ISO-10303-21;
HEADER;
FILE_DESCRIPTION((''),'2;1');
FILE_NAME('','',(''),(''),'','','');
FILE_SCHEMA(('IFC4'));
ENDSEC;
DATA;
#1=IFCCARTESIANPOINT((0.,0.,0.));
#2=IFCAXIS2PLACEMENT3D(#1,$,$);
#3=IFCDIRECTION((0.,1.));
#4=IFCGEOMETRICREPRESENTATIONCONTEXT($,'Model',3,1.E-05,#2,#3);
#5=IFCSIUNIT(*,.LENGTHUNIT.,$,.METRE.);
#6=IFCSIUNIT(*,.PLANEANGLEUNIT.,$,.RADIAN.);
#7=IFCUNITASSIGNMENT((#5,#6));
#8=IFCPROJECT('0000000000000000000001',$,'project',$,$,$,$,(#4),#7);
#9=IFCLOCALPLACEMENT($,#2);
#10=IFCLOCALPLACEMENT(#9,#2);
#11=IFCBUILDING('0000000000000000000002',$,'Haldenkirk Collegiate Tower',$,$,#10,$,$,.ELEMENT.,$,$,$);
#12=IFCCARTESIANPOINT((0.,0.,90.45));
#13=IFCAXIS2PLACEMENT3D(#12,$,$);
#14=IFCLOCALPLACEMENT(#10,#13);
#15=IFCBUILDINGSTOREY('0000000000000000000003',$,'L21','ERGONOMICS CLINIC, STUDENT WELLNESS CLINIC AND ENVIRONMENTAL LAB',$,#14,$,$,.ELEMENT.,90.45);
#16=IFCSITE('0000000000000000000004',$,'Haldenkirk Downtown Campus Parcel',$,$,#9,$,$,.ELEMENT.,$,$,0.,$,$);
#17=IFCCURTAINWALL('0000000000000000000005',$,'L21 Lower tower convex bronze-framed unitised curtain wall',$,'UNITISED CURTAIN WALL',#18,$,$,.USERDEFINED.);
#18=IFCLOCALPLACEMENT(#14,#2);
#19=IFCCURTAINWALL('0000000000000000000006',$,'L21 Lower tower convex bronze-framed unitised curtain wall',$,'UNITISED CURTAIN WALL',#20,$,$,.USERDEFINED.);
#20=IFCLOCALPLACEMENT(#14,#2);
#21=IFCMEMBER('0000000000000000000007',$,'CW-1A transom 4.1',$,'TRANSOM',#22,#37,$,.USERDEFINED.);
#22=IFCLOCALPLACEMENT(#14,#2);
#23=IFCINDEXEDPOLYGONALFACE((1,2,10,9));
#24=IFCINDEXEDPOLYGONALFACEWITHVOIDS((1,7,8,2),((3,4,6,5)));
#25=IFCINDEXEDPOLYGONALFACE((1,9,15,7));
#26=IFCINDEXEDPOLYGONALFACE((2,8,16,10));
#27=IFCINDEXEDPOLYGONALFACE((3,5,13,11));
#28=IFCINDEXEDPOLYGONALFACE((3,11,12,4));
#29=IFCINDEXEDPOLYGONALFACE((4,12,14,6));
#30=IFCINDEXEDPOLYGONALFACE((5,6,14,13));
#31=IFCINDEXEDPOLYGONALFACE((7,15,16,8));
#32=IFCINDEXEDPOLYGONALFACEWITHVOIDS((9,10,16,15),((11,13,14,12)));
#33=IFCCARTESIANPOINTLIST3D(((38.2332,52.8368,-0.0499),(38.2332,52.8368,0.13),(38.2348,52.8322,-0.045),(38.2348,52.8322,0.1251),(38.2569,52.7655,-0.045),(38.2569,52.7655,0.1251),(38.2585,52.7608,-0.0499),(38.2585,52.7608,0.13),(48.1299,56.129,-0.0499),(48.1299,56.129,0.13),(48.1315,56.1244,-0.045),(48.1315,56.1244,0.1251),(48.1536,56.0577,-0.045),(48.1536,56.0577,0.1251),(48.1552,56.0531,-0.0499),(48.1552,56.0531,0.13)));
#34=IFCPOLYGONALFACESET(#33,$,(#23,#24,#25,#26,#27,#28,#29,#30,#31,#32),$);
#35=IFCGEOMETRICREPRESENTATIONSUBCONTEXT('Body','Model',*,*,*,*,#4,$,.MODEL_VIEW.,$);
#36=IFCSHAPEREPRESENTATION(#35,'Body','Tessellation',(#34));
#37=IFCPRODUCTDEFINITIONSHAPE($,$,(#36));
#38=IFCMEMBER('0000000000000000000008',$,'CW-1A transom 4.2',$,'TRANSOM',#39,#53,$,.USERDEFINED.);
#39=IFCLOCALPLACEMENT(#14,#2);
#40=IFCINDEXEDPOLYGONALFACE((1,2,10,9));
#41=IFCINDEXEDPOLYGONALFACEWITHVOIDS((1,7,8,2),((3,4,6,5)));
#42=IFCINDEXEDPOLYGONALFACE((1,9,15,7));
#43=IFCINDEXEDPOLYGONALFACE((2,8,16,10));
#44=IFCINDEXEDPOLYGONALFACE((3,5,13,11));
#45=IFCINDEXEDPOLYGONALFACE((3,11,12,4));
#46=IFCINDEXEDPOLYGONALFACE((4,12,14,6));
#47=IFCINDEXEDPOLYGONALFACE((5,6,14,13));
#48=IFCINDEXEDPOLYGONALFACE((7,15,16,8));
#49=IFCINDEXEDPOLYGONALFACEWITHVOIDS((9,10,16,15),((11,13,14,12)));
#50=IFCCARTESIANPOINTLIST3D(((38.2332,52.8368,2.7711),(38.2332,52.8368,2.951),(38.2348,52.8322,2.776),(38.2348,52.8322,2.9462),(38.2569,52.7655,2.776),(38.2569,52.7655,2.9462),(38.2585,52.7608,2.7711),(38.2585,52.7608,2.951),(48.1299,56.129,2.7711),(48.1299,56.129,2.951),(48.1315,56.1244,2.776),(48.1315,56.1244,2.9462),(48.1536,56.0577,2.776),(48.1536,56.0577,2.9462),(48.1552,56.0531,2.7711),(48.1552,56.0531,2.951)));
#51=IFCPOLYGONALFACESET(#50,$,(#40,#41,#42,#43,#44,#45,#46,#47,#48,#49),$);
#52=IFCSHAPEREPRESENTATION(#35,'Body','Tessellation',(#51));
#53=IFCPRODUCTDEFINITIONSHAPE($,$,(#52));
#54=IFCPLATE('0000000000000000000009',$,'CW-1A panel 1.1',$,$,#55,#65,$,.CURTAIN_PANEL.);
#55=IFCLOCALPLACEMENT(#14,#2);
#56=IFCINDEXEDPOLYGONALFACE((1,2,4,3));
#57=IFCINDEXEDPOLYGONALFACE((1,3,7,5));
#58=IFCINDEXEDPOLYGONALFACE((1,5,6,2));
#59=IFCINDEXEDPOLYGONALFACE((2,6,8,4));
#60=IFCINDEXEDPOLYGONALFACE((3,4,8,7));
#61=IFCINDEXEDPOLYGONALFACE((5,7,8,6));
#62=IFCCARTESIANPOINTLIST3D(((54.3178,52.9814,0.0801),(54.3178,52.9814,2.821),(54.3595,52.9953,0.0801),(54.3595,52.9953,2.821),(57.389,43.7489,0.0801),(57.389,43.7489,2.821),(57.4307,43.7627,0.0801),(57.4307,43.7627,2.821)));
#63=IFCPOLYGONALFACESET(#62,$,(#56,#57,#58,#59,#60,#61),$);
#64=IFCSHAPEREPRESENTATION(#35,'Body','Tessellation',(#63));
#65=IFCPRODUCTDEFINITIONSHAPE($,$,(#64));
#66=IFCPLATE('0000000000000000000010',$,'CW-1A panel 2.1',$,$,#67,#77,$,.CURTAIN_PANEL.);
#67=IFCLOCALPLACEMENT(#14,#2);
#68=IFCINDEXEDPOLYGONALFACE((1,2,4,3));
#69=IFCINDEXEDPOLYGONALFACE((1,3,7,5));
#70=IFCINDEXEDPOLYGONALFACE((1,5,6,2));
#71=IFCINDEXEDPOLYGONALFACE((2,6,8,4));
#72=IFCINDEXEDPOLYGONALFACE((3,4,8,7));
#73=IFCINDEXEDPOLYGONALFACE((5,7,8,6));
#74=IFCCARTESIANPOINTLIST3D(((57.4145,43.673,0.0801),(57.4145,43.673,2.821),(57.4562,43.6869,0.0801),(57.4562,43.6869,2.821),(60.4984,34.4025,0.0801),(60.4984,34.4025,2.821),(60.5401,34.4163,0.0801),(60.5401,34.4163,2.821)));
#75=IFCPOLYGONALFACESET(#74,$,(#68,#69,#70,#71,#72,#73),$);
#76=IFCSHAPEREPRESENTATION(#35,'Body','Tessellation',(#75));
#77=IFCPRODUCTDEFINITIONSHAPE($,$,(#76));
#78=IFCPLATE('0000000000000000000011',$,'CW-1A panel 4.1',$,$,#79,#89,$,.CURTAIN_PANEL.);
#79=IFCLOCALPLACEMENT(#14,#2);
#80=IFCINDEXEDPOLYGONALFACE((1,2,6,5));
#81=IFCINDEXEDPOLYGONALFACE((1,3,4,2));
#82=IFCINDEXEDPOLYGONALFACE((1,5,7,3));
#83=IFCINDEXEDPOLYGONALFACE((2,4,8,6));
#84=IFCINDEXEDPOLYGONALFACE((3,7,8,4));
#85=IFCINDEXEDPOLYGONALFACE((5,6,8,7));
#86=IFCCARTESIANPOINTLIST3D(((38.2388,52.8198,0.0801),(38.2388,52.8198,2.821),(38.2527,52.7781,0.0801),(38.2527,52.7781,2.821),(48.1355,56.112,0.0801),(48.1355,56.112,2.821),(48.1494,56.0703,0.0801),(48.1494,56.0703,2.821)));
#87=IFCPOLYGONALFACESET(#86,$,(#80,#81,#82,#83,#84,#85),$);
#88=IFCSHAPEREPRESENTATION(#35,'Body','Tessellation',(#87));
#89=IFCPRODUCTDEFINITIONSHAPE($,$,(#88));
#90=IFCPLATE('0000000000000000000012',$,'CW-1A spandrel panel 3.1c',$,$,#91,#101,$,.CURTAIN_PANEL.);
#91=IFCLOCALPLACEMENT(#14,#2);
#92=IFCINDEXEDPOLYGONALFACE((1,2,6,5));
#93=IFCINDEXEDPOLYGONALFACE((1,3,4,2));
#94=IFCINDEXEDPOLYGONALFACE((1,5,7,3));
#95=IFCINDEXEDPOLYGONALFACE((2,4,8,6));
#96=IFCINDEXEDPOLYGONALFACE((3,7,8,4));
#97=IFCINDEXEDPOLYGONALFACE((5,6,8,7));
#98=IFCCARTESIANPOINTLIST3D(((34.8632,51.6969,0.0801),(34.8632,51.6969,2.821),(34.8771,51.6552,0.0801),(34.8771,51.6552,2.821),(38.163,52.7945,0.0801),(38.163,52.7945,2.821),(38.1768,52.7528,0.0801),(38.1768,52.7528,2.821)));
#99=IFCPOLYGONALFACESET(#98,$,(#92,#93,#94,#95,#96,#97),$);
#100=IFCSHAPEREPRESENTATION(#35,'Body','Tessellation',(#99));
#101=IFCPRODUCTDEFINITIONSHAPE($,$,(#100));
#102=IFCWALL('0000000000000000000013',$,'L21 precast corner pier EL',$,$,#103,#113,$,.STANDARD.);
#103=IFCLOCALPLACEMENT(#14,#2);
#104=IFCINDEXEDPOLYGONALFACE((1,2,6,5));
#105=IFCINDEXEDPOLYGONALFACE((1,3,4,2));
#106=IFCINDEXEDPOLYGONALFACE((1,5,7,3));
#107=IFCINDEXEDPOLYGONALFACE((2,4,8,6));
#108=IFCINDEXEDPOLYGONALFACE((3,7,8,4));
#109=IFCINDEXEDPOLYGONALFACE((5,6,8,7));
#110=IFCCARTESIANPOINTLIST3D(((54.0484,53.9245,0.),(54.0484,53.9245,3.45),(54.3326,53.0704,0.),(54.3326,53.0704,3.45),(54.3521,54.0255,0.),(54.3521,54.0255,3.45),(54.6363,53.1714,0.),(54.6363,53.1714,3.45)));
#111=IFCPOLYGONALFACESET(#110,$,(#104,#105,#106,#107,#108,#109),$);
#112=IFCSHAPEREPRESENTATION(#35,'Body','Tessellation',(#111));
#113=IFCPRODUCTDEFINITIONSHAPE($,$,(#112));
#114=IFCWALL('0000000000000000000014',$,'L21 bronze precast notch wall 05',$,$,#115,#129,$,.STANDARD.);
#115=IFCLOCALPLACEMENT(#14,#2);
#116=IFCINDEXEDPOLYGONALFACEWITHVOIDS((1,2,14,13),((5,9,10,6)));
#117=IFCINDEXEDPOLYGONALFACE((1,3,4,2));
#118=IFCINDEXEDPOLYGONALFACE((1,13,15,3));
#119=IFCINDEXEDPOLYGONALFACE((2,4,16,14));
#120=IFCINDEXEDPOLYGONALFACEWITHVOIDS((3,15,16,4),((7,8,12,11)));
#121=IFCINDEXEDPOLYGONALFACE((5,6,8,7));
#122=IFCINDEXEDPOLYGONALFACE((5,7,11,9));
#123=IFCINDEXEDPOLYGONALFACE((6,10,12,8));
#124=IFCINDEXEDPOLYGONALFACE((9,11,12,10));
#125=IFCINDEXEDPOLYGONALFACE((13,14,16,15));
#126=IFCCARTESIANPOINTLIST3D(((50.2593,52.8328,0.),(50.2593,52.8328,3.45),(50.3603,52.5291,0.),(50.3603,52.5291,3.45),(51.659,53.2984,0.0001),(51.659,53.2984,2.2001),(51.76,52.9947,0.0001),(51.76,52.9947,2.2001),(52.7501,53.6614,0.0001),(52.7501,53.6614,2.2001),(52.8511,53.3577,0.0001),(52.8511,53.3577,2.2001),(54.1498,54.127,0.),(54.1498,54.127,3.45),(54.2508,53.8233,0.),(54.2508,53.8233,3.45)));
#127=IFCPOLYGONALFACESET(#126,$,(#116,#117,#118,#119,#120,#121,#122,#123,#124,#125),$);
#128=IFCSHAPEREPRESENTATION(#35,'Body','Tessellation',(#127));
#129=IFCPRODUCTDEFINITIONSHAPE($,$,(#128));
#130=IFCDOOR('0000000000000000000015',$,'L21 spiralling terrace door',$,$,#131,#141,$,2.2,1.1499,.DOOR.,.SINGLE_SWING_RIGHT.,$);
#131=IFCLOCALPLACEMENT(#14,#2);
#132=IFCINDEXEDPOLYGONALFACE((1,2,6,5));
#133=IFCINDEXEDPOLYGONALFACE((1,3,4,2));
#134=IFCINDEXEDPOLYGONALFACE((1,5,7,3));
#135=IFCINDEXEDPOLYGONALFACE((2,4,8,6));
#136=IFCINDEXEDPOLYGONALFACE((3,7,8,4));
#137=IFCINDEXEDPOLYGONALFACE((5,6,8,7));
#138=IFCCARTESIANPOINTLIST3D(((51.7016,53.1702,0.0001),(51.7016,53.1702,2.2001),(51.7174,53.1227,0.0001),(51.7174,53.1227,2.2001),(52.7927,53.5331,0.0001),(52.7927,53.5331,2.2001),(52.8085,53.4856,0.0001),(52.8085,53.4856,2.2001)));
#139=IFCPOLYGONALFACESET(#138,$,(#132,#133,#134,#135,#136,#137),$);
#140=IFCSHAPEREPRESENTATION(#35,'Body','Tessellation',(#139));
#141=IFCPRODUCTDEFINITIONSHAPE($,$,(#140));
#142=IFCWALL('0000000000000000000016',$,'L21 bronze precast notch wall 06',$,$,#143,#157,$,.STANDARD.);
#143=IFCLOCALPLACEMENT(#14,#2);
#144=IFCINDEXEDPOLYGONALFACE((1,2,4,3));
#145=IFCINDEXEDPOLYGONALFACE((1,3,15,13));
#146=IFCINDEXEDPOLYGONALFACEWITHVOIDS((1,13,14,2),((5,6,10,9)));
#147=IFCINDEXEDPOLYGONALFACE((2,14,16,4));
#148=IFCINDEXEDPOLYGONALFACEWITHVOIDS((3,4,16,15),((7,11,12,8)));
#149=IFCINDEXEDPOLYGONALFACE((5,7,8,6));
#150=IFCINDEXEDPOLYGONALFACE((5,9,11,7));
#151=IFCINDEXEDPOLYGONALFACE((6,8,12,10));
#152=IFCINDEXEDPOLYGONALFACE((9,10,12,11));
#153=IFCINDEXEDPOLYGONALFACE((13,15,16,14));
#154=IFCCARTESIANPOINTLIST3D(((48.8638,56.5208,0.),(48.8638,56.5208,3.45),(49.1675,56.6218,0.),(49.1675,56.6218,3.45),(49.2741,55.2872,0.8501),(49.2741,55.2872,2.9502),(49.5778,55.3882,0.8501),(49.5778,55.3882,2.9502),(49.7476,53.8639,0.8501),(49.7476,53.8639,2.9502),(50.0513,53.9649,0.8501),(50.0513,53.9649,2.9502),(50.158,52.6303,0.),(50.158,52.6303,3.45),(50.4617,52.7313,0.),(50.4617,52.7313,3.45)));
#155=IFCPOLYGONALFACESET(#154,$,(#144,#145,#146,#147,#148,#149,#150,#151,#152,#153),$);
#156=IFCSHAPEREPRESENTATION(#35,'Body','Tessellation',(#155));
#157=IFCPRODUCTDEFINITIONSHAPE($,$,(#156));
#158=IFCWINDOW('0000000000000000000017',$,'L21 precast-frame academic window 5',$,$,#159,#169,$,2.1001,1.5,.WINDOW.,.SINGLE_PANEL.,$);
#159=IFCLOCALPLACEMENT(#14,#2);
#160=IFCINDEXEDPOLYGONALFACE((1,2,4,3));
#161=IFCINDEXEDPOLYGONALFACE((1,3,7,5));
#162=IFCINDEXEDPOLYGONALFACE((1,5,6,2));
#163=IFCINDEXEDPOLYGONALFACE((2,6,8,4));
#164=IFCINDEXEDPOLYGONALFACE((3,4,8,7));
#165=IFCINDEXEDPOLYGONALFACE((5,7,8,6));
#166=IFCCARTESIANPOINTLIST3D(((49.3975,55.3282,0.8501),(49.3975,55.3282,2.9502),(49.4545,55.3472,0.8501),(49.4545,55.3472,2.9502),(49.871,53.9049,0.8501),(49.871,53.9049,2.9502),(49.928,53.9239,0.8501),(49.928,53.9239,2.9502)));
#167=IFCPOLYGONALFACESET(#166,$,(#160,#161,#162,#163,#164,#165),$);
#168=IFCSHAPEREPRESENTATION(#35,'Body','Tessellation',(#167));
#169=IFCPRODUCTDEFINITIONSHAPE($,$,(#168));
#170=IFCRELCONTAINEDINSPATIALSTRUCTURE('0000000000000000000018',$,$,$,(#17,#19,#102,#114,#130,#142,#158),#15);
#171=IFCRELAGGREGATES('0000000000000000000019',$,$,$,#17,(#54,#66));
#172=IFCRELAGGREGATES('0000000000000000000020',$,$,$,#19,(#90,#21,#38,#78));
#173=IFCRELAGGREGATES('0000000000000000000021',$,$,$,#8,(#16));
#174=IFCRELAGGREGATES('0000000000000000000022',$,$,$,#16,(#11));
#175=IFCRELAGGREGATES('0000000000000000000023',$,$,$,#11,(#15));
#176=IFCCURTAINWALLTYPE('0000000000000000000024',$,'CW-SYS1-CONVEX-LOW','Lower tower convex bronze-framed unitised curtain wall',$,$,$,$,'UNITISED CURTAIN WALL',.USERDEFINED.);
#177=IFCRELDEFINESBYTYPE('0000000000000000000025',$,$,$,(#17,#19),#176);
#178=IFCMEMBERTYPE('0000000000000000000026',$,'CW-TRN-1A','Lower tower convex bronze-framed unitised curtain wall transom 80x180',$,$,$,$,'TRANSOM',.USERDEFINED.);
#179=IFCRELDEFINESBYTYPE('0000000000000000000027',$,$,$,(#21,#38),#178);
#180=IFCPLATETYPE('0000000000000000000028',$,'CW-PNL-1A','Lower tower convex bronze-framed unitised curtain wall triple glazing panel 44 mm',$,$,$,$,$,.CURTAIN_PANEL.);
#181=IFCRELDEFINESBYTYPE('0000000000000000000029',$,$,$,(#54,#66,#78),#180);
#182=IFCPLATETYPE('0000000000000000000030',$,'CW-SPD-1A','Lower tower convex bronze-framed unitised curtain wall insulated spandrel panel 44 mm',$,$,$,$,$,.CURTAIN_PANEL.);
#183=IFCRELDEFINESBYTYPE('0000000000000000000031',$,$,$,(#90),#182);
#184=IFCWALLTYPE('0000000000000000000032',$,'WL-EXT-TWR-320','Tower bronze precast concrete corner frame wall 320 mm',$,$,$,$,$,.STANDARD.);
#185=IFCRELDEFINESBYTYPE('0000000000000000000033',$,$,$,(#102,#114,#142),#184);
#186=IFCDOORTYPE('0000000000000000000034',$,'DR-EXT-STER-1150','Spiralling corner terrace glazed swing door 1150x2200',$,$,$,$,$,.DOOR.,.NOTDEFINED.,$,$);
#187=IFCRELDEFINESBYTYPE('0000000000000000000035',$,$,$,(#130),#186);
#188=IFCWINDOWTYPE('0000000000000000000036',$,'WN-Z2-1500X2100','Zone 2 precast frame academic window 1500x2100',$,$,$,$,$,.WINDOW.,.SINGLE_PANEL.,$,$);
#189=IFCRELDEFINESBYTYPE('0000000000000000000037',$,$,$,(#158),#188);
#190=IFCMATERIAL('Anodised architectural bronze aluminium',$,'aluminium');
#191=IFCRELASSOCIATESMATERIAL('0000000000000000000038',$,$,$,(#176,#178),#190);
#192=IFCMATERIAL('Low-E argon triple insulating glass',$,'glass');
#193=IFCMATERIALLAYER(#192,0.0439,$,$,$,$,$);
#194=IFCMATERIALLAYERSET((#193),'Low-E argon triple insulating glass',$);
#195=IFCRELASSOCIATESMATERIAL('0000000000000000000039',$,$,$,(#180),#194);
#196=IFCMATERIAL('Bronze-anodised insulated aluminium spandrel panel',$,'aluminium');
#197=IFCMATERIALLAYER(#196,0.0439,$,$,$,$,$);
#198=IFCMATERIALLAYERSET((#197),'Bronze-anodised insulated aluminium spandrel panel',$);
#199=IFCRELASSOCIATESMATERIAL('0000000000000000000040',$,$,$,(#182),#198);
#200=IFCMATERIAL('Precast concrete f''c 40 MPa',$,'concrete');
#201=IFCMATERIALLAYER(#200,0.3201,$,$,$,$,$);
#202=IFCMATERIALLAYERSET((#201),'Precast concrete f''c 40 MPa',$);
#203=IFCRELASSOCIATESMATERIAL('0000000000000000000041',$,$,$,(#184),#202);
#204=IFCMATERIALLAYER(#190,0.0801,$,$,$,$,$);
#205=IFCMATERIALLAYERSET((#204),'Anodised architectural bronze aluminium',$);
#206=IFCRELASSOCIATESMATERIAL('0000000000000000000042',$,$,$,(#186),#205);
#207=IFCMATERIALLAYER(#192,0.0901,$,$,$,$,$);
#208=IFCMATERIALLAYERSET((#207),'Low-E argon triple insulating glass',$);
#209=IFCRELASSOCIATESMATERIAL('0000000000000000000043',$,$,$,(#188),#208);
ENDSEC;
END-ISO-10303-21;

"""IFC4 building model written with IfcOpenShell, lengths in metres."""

from ifc_helpers import new_model, si_unit, direction, frame, frame_2d, origin, origin_2d, place, context, subcontext, project, spatial, rectangle, hollow_rectangle, extrude, source, transform, mapped, material, layer, layer_set, material_profile, profile_set, type_object, element, fill, aggregate, save


model = new_model("IFC4")

# Units and contexts
model_context = context("Model", 3, precision=1e-05, world=origin(), true_north=direction((0.0, 1.0)))
body_context = subcontext(model_context, "Body", "Model", "MODEL_VIEW")
ifc_project = project(units=[si_unit("LENGTHUNIT", "METRE"), si_unit("PLANEANGLEUNIT", "RADIAN")], contexts=[model_context])

# Site, building, storey
site_placement = place(None, origin())
site = spatial("IfcSite", under=ifc_project, at=site_placement, Name="Haldenkirk Downtown Campus Parcel", CompositionType="ELEMENT", RefElevation=0.0)
building_placement = place(site_placement, origin())
building = spatial("IfcBuilding", under=site, at=building_placement, Name="Haldenkirk Collegiate Tower", CompositionType="ELEMENT")
storey_placement = place(building_placement, frame((0.0, 0.0, 90.45)))
storey = spatial("IfcBuildingStorey", under=building, at=storey_placement, Name="L21", Description="ERGONOMICS CLINIC, STUDENT WELLNESS CLINIC AND ENVIRONMENTAL LAB", CompositionType="ELEMENT", Elevation=90.45)

# Curtain walls
ifc_material_1 = material(Name="Anodised architectural bronze aluminium", Category="aluminium")
curtain_wall_type = type_object("IfcCurtainWallType", Name="CW-SYS1-CONVEX-LOW", Description="Lower tower convex bronze-framed unitised curtain wall", ElementType="UNITISED CURTAIN WALL", PredefinedType="USERDEFINED", material=ifc_material_1)
curtain_wall_1_placement = place(storey_placement, origin())
curtain_wall_1 = element("IfcCurtainWall", 1, at=curtain_wall_1_placement, inside=storey, type_object=curtain_wall_type, Name="L21 Lower tower convex bronze-framed unitised curtain wall", ObjectType="UNITISED CURTAIN WALL", PredefinedType="USERDEFINED")
curtain_wall_2_placement = place(storey_placement, origin())
curtain_wall_2 = element("IfcCurtainWall", 2, at=curtain_wall_2_placement, inside=storey, type_object=curtain_wall_type, Name="L21 Lower tower convex bronze-framed unitised curtain wall", ObjectType="UNITISED CURTAIN WALL", PredefinedType="USERDEFINED")

# Members
ifc_material_profile_1 = material_profile(ifc_material_1, hollow_rectangle(XDim=0.0801, YDim=0.1799, WallThickness=0.0049, at=origin_2d()), Name="CW-TRN-1A")
ifc_profile_set_1 = profile_set([ifc_material_profile_1], Name="Anodised architectural bronze aluminium")
member_type_1 = type_object("IfcMemberType", Name="CW-TRN-1A", Description="Lower tower convex bronze-framed unitised curtain wall transom 80x180", ElementType="TRANSOM", PredefinedType="USERDEFINED", material=ifc_profile_set_1)
member_1_placement = place(storey_placement, frame((38.2458, 52.7988, 0.04), z_axis=(0.948875, 0.315652, 0.0), x_axis=(-0.315652, 0.948875, 0.0)))
member_1 = element("IfcMember", 3, at=member_1_placement, type_object=member_type_1, Name="CW-1A transom 4.1", ObjectType="TRANSOM", PredefinedType="USERDEFINED", context=body_context, shape_type="SweptSolid", body=[
    extrude(hollow_rectangle(XDim=0.0801, YDim=0.1799, WallThickness=0.0049, at=origin_2d()), origin(), (0.0, 0.0, 1.0), 10.4299),
])
member_2_placement = place(storey_placement, frame((38.2458, 52.7988, 2.8611), z_axis=(0.948875, 0.315652, 0.0), x_axis=(-0.315652, 0.948875, 0.0)))
member_2 = element("IfcMember", 4, at=member_2_placement, type_object=member_type_1, Name="CW-1A transom 4.2", ObjectType="TRANSOM", PredefinedType="USERDEFINED", context=body_context, shape_type="SweptSolid", body=[
    extrude(hollow_rectangle(XDim=0.0801, YDim=0.1799, WallThickness=0.0049, at=origin_2d()), origin(), (0.0, 0.0, 1.0), 10.4299),
])

# Plates
ifc_material_2 = material(Name="Low-E argon triple insulating glass", Category="glass")
ifc_layer_1 = layer(ifc_material_2, 0.0439)
ifc_layer_set_1 = layer_set([ifc_layer_1], Name="Low-E argon triple insulating glass")
plate_type_1 = type_object("IfcPlateType", Name="CW-PNL-1A", Description="Lower tower convex bronze-framed unitised curtain wall triple glazing panel 44 mm", PredefinedType="CURTAIN_PANEL", material=ifc_layer_set_1)
shared_shape_1 = source(origin(), body_context, "Body", "SweptSolid", [
    extrude(rectangle(XDim=9.73, YDim=0.0439, at=origin_2d()), origin(), (0.0, 0.0, 1.0), 2.741),
])
plate_1_placement = place(storey_placement, frame((55.8743, 48.3721, 0.0801), z_axis=(0.0, 0.0, 1.0), x_axis=(0.315648, -0.948877, 0.0)))
plate_1 = element("IfcPlate", 5, at=plate_1_placement, type_object=plate_type_1, Name="CW-1A panel 1.1", PredefinedType="CURTAIN_PANEL", context=body_context, shape_type="MappedRepresentation", body=[
    mapped(shared_shape_1, transform((0.0, 0.0, 0.0), x_axis=(1.0, 0.0, 0.0), y_axis=(0.0, 1.0, 0.0), z_axis=(0.0, 0.0, 1.0), scale=1.0)),
])
shared_shape_2 = source(origin(), body_context, "Body", "SweptSolid", [
    extrude(rectangle(XDim=9.77, YDim=0.0439, at=origin_2d()), origin(), (0.0, 0.0, 1.0), 2.741),
])
plate_2_placement = place(storey_placement, frame((58.9773, 39.0447, 0.0801), z_axis=(0.0, 0.0, 1.0), x_axis=(0.315648, -0.948877, 0.0)))
plate_2 = element("IfcPlate", 6, at=plate_2_placement, type_object=plate_type_1, Name="CW-1A panel 2.1", PredefinedType="CURTAIN_PANEL", context=body_context, shape_type="MappedRepresentation", body=[
    mapped(shared_shape_2, transform((0.0, 0.0, 0.0), x_axis=(1.0, 0.0, 0.0), y_axis=(0.0, 1.0, 0.0), z_axis=(0.0, 0.0, 1.0), scale=1.0)),
])
aggregate(curtain_wall_1, [plate_1, plate_2])
shared_shape_3 = source(origin(), body_context, "Body", "SweptSolid", [
    extrude(rectangle(XDim=10.4299, YDim=0.0439, at=origin_2d()), origin(), (0.0, 0.0, 1.0), 2.741),
])
plate_3_placement = place(storey_placement, frame((43.1941, 54.4451, 0.0801), z_axis=(0.0, 0.0, 1.0), x_axis=(0.948876, 0.31565, 0.0)))
plate_3 = element("IfcPlate", 7, at=plate_3_placement, type_object=plate_type_1, Name="CW-1A panel 4.1", PredefinedType="CURTAIN_PANEL", context=body_context, shape_type="MappedRepresentation", body=[
    mapped(shared_shape_3, transform((0.0, 0.0, 0.0), x_axis=(1.0, 0.0, 0.0), y_axis=(0.0, 1.0, 0.0), z_axis=(0.0, 0.0, 1.0), scale=1.0)),
])
ifc_material_3 = material(Name="Bronze-anodised insulated aluminium spandrel panel", Category="aluminium")
ifc_layer_2 = layer(ifc_material_3, 0.0439)
ifc_layer_set_2 = layer_set([ifc_layer_2], Name="Bronze-anodised insulated aluminium spandrel panel")
plate_type_2 = type_object("IfcPlateType", Name="CW-SPD-1A", Description="Lower tower convex bronze-framed unitised curtain wall insulated spandrel panel 44 mm", PredefinedType="CURTAIN_PANEL", material=ifc_layer_set_2)
shared_shape_4 = source(origin(), body_context, "Body", "SweptSolid", [
    extrude(rectangle(XDim=3.4775, YDim=0.0439, at=origin_2d()), origin(), (0.0, 0.0, 1.0), 2.741),
])
plate_4_placement = place(storey_placement, frame((36.52, 52.2249, 0.0801), z_axis=(0.0, 0.0, 1.0), x_axis=(0.948876, 0.31565, 0.0)))
plate_4 = element("IfcPlate", 8, at=plate_4_placement, type_object=plate_type_2, Name="CW-1A spandrel panel 3.1c", PredefinedType="CURTAIN_PANEL", context=body_context, shape_type="MappedRepresentation", body=[
    mapped(shared_shape_4, transform((0.0, 0.0, 0.0), x_axis=(1.0, 0.0, 0.0), y_axis=(0.0, 1.0, 0.0), z_axis=(0.0, 0.0, 1.0), scale=1.0)),
])
aggregate(curtain_wall_2, [plate_4, member_1, member_2, plate_3])

# Wall
ifc_material_4 = material(Name="Precast concrete f'c 40 MPa", Category="concrete")
ifc_layer_3 = layer(ifc_material_4, 0.3201)
ifc_layer_set_3 = layer_set([ifc_layer_3], Name="Precast concrete f'c 40 MPa")
wall_type_1 = type_object("IfcWallType", Name="WL-EXT-TWR-320", Description="Tower bronze precast concrete corner frame wall 320 mm", PredefinedType="STANDARD", material=ifc_layer_set_3)
wall_1_placement = place(storey_placement, frame((54.2002, 53.9751, 0.0), z_axis=(0.0, 0.0, 1.0), x_axis=(0.315739, -0.948846, 0.0)))
element("IfcWall", 9, at=wall_1_placement, inside=storey, type_object=wall_type_1, Name="L21 precast corner pier EL", PredefinedType="STANDARD", context=body_context, shape_type="SweptSolid", body=[
    extrude(rectangle(XDim=0.9001, YDim=0.3201, at=frame_2d((0.4502, 0.0))), origin(), (0.0, 0.0, 1.0), 3.45),
])

# Wall, opening, door
wall_2_placement = place(storey_placement, frame((50.3098, 52.6809, 0.0), z_axis=(0.0, 0.0, 1.0), x_axis=(0.948874, 0.315656, 0.0)))
wall_2 = element("IfcWall", 10, at=wall_2_placement, inside=storey, type_object=wall_type_1, Name="L21 bronze precast notch wall 05", PredefinedType="STANDARD", context=body_context, shape_type="SweptSolid", body=[
    extrude(rectangle(XDim=4.1001, YDim=0.3201, at=frame_2d((2.05, 0.0))), origin(), (0.0, 0.0, 1.0), 3.45),
])
opening_1_placement = place(wall_2_placement, frame((1.4751, 0.0, 0.0)))
opening_1 = element("IfcOpeningElement", 11, at=opening_1_placement, cuts=wall_2, PredefinedType="OPENING", context=body_context, shape_type="SweptSolid", body=[
    extrude(rectangle(XDim=1.1499, YDim=2.2, at=frame_2d((0.575, 1.1001))), frame((0.0, 0.1699, 0.0), z_axis=(0.0, -1.0, 0.0), x_axis=(1.0, 0.0, 0.0)), (0.0, 0.0, 1.0), 0.3401),
])
ifc_layer_4 = layer(ifc_material_1, 0.0801)
ifc_layer_set_4 = layer_set([ifc_layer_4], Name="Anodised architectural bronze aluminium")
door_type = type_object("IfcDoorType", Name="DR-EXT-STER-1150", Description="Spiralling corner terrace glazed swing door 1150x2200", OperationType="NOTDEFINED", PredefinedType="DOOR", material=ifc_layer_set_4)
door_placement = place(opening_1_placement, origin())
door = element("IfcDoor", 12, at=door_placement, inside=storey, type_object=door_type, Name="L21 spiralling terrace door", OperationType="SINGLE_SWING_RIGHT", OverallHeight=2.2, OverallWidth=1.1499, PredefinedType="DOOR", context=body_context, shape_type="SweptSolid", body=[
    extrude(rectangle(XDim=1.1499, YDim=2.2, at=frame_2d((0.575, 1.1001))), frame((0.0, 0.0249, 0.0), z_axis=(0.0, -1.0, 0.0), x_axis=(1.0, 0.0, 0.0)), (0.0, 0.0, 1.0), 0.05),
])
fill(opening_1, door)

# Wall, opening, window
wall_3_placement = place(storey_placement, frame((49.0156, 56.5713, 0.0), z_axis=(0.0, 0.0, 1.0), x_axis=(0.315656, -0.948874, 0.0)))
wall_3 = element("IfcWall", 13, at=wall_3_placement, inside=storey, type_object=wall_type_1, Name="L21 bronze precast notch wall 06", PredefinedType="STANDARD", context=body_context, shape_type="SweptSolid", body=[
    extrude(rectangle(XDim=4.1001, YDim=0.3201, at=frame_2d((2.05, 0.0))), origin(), (0.0, 0.0, 1.0), 3.45),
])
opening_2_placement = place(wall_3_placement, frame((1.3, 0.0, 0.8501)))
opening_2 = element("IfcOpeningElement", 14, at=opening_2_placement, cuts=wall_3, PredefinedType="OPENING", context=body_context, shape_type="SweptSolid", body=[
    extrude(rectangle(XDim=1.5, YDim=2.1001, at=frame_2d((0.75, 1.05))), frame((0.0, 0.1699, 0.0), z_axis=(0.0, -1.0, 0.0), x_axis=(1.0, 0.0, 0.0)), (0.0, 0.0, 1.0), 0.3401),
])
ifc_layer_5 = layer(ifc_material_2, 0.0901)
ifc_layer_set_5 = layer_set([ifc_layer_5], Name="Low-E argon triple insulating glass")
window_type = type_object("IfcWindowType", Name="WN-Z2-1500X2100", Description="Zone 2 precast frame academic window 1500x2100", PartitioningType="SINGLE_PANEL", PredefinedType="WINDOW", material=ifc_layer_set_5)
window_placement = place(opening_2_placement, origin())
window = element("IfcWindow", 15, at=window_placement, inside=storey, type_object=window_type, Name="L21 precast-frame academic window 5", OverallHeight=2.1001, OverallWidth=1.5, PartitioningType="SINGLE_PANEL", PredefinedType="WINDOW", context=body_context, shape_type="SweptSolid", body=[
    extrude(rectangle(XDim=1.5, YDim=2.1001, at=frame_2d((0.75, 1.05))), frame((0.0, 0.03, 0.0), z_axis=(0.0, -1.0, 0.0), x_axis=(1.0, 0.0, 0.0)), (0.0, 0.0, 1.0), 0.0601),
])
fill(opening_2, window)

save(model, "model.ifc")
